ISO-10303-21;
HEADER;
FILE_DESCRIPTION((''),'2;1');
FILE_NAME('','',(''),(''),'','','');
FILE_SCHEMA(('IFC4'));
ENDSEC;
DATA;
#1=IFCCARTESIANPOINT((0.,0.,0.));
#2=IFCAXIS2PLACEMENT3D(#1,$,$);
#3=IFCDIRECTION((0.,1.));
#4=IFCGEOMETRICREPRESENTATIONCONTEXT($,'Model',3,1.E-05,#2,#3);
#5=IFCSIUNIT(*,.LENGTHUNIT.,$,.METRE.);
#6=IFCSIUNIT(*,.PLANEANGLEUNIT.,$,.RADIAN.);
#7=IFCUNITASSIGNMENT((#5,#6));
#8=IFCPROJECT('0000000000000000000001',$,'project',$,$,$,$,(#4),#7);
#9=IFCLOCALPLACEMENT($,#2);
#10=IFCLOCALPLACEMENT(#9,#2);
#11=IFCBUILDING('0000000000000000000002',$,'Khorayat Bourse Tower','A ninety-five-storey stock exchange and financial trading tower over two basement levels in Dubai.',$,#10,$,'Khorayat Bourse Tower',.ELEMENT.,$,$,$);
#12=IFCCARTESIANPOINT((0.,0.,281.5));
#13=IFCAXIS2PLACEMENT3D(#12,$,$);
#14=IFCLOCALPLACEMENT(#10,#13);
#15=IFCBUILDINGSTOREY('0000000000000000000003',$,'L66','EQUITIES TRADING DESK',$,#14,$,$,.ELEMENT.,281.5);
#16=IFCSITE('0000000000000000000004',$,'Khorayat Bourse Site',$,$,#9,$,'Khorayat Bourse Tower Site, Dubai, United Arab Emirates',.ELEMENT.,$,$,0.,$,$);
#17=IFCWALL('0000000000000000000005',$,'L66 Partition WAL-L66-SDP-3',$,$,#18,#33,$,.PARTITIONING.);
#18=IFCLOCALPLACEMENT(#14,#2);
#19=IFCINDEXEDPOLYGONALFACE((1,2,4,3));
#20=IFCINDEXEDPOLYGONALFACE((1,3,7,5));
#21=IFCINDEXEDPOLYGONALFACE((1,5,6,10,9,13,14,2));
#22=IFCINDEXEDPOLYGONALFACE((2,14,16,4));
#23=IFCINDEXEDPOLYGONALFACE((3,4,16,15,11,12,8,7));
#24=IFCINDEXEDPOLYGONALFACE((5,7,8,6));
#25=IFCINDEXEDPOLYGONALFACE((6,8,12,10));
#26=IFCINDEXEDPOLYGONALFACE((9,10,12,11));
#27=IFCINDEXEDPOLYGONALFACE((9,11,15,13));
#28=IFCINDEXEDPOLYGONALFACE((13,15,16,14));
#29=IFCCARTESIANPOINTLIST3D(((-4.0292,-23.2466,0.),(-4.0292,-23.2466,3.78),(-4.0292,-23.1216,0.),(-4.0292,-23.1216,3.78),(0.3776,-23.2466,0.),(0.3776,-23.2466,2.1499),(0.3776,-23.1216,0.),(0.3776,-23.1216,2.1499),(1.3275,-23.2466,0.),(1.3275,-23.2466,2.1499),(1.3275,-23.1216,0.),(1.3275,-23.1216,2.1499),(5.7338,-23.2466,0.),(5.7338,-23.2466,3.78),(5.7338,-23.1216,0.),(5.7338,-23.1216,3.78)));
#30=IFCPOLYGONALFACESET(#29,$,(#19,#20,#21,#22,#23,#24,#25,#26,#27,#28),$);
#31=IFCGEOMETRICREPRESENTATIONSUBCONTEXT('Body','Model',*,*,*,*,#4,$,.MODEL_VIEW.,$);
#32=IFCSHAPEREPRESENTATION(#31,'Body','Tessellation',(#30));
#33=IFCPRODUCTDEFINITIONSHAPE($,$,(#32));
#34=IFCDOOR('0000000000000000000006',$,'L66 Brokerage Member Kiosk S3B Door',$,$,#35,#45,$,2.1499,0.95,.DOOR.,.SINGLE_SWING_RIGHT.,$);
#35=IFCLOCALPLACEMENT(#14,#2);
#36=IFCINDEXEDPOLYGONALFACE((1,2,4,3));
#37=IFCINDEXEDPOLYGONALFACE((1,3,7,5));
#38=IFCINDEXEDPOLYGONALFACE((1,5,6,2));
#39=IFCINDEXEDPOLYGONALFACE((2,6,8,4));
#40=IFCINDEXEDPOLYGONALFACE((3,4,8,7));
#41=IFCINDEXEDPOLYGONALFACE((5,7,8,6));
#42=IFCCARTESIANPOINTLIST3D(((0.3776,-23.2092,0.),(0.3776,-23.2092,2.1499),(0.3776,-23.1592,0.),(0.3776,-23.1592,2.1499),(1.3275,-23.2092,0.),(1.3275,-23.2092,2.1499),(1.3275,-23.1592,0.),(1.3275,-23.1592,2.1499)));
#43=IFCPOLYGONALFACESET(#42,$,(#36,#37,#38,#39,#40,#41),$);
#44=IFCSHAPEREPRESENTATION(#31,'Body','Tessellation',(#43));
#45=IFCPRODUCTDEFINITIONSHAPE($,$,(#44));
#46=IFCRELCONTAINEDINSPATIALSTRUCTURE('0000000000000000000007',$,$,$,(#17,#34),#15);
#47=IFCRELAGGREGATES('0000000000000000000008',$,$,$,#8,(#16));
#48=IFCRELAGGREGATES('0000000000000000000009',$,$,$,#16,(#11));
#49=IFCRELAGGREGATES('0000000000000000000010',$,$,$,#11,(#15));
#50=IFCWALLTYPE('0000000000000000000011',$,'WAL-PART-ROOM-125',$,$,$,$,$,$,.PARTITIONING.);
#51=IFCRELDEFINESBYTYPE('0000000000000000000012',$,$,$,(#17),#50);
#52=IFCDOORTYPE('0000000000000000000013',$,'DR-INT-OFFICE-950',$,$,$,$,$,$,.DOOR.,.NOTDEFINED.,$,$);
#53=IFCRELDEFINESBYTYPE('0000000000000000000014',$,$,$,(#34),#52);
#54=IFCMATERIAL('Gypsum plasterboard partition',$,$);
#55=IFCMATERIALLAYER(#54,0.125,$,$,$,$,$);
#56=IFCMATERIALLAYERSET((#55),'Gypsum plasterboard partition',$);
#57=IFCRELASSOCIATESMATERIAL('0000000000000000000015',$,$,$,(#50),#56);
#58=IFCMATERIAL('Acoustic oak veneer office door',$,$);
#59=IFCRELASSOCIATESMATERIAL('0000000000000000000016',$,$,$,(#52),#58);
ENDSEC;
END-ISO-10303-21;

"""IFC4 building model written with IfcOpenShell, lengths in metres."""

from ifc_helpers import new_model, si_unit, direction, frame, frame_2d, origin, place, context, subcontext, project, spatial, rectangle, extrude, source, transform, mapped, material, layer, layer_set, type_object, element, fill, save


model = new_model("IFC4")

# Units and contexts
model_context = context("Model", 3, precision=1e-05, world=origin(), true_north=direction((0.0, 1.0)))
body_context = subcontext(model_context, "Body", "Model", "MODEL_VIEW")
ifc_project = project(units=[si_unit("LENGTHUNIT", "METRE"), si_unit("PLANEANGLEUNIT", "RADIAN")], contexts=[model_context])

# Site, building, storey
site_placement = place(None, origin())
site = spatial("IfcSite", under=ifc_project, at=site_placement, Name="Khorayat Bourse Site", LongName="Khorayat Bourse Tower Site, Dubai, United Arab Emirates", CompositionType="ELEMENT", RefElevation=0.0)
building_placement = place(site_placement, origin())
building = spatial("IfcBuilding", under=site, at=building_placement, Name="Khorayat Bourse Tower", Description="A ninety-five-storey stock exchange and financial trading tower over two basement levels in Dubai.", LongName="Khorayat Bourse Tower", CompositionType="ELEMENT")
storey_placement = place(building_placement, frame((0.0, 0.0, 281.5)))
storey = spatial("IfcBuildingStorey", under=building, at=storey_placement, Name="L66", Description="EQUITIES TRADING DESK", CompositionType="ELEMENT", Elevation=281.5)

# Wall, opening, door
ifc_material_1 = material(Name="Gypsum plasterboard partition")
ifc_layer_1 = layer(ifc_material_1, 0.125)
ifc_layer_set_1 = layer_set([ifc_layer_1], Name="Gypsum plasterboard partition")
wall_type_1 = type_object("IfcWallType", Name="WAL-PART-ROOM-125", PredefinedType="PARTITIONING", material=ifc_layer_set_1)
shared_shape_1 = source(origin(), body_context, "Body", "SweptSolid", [
    extrude(rectangle(XDim=9.7629, YDim=0.125, at=frame_2d((4.8813, 0.0))), origin(), (0.0, 0.0, 1.0), 3.78),
])
wall_1_placement = place(storey_placement, frame((-4.0291, -23.1841, 0.0), z_axis=(0.0, 0.0, 1.0), x_axis=(1.0, 0.0, 0.0)))
wall_1 = element("IfcWall", 1, at=wall_1_placement, inside=storey, type_object=wall_type_1, Name="L66 Partition WAL-L66-SDP-3", PredefinedType="PARTITIONING", context=body_context, shape_type="MappedRepresentation", body=[
    mapped(shared_shape_1, transform((0.0, 0.0, 0.0), scale=1.0)),
])
shared_shape_2 = source(origin(), body_context, "Body", "SweptSolid", [
    extrude(rectangle(XDim=0.95, YDim=2.1499, at=frame_2d((0.4751, 1.075))), frame((0.0, 0.0725, 0.0), z_axis=(0.0, -1.0, 0.0), x_axis=(1.0, 0.0, 0.0)), (0.0, 0.0, 1.0), 0.145),
])
opening_placement = place(wall_1_placement, frame((4.4065, 0.0, 0.0)))
opening = element("IfcOpeningElement", 2, at=opening_placement, cuts=wall_1, PredefinedType="OPENING", context=body_context, shape_type="MappedRepresentation", body=[
    mapped(shared_shape_2, transform((0.0, 0.0, 0.0), scale=1.0)),
])
ifc_material_2 = material(Name="Acoustic oak veneer office door")
door_type = type_object("IfcDoorType", Name="DR-INT-OFFICE-950", OperationType="NOTDEFINED", PredefinedType="DOOR", material=ifc_material_2)
shared_shape_3 = source(origin(), body_context, "Body", "SweptSolid", [
    extrude(rectangle(XDim=0.95, YDim=2.1499, at=frame_2d((0.4751, 1.075))), frame((0.0, 0.0249, 0.0), z_axis=(0.0, -1.0, 0.0), x_axis=(1.0, 0.0, 0.0)), (0.0, 0.0, 1.0), 0.05),
])
door_placement = place(opening_placement, origin())
door = element("IfcDoor", 3, at=door_placement, inside=storey, type_object=door_type, Name="L66 Brokerage Member Kiosk S3B Door", OperationType="SINGLE_SWING_RIGHT", OverallHeight=2.1499, OverallWidth=0.95, PredefinedType="DOOR", context=body_context, shape_type="MappedRepresentation", body=[
    mapped(shared_shape_3, transform((0.0, 0.0, 0.0), scale=1.0)),
])
fill(opening, door)

save(model, "model.ifc")
